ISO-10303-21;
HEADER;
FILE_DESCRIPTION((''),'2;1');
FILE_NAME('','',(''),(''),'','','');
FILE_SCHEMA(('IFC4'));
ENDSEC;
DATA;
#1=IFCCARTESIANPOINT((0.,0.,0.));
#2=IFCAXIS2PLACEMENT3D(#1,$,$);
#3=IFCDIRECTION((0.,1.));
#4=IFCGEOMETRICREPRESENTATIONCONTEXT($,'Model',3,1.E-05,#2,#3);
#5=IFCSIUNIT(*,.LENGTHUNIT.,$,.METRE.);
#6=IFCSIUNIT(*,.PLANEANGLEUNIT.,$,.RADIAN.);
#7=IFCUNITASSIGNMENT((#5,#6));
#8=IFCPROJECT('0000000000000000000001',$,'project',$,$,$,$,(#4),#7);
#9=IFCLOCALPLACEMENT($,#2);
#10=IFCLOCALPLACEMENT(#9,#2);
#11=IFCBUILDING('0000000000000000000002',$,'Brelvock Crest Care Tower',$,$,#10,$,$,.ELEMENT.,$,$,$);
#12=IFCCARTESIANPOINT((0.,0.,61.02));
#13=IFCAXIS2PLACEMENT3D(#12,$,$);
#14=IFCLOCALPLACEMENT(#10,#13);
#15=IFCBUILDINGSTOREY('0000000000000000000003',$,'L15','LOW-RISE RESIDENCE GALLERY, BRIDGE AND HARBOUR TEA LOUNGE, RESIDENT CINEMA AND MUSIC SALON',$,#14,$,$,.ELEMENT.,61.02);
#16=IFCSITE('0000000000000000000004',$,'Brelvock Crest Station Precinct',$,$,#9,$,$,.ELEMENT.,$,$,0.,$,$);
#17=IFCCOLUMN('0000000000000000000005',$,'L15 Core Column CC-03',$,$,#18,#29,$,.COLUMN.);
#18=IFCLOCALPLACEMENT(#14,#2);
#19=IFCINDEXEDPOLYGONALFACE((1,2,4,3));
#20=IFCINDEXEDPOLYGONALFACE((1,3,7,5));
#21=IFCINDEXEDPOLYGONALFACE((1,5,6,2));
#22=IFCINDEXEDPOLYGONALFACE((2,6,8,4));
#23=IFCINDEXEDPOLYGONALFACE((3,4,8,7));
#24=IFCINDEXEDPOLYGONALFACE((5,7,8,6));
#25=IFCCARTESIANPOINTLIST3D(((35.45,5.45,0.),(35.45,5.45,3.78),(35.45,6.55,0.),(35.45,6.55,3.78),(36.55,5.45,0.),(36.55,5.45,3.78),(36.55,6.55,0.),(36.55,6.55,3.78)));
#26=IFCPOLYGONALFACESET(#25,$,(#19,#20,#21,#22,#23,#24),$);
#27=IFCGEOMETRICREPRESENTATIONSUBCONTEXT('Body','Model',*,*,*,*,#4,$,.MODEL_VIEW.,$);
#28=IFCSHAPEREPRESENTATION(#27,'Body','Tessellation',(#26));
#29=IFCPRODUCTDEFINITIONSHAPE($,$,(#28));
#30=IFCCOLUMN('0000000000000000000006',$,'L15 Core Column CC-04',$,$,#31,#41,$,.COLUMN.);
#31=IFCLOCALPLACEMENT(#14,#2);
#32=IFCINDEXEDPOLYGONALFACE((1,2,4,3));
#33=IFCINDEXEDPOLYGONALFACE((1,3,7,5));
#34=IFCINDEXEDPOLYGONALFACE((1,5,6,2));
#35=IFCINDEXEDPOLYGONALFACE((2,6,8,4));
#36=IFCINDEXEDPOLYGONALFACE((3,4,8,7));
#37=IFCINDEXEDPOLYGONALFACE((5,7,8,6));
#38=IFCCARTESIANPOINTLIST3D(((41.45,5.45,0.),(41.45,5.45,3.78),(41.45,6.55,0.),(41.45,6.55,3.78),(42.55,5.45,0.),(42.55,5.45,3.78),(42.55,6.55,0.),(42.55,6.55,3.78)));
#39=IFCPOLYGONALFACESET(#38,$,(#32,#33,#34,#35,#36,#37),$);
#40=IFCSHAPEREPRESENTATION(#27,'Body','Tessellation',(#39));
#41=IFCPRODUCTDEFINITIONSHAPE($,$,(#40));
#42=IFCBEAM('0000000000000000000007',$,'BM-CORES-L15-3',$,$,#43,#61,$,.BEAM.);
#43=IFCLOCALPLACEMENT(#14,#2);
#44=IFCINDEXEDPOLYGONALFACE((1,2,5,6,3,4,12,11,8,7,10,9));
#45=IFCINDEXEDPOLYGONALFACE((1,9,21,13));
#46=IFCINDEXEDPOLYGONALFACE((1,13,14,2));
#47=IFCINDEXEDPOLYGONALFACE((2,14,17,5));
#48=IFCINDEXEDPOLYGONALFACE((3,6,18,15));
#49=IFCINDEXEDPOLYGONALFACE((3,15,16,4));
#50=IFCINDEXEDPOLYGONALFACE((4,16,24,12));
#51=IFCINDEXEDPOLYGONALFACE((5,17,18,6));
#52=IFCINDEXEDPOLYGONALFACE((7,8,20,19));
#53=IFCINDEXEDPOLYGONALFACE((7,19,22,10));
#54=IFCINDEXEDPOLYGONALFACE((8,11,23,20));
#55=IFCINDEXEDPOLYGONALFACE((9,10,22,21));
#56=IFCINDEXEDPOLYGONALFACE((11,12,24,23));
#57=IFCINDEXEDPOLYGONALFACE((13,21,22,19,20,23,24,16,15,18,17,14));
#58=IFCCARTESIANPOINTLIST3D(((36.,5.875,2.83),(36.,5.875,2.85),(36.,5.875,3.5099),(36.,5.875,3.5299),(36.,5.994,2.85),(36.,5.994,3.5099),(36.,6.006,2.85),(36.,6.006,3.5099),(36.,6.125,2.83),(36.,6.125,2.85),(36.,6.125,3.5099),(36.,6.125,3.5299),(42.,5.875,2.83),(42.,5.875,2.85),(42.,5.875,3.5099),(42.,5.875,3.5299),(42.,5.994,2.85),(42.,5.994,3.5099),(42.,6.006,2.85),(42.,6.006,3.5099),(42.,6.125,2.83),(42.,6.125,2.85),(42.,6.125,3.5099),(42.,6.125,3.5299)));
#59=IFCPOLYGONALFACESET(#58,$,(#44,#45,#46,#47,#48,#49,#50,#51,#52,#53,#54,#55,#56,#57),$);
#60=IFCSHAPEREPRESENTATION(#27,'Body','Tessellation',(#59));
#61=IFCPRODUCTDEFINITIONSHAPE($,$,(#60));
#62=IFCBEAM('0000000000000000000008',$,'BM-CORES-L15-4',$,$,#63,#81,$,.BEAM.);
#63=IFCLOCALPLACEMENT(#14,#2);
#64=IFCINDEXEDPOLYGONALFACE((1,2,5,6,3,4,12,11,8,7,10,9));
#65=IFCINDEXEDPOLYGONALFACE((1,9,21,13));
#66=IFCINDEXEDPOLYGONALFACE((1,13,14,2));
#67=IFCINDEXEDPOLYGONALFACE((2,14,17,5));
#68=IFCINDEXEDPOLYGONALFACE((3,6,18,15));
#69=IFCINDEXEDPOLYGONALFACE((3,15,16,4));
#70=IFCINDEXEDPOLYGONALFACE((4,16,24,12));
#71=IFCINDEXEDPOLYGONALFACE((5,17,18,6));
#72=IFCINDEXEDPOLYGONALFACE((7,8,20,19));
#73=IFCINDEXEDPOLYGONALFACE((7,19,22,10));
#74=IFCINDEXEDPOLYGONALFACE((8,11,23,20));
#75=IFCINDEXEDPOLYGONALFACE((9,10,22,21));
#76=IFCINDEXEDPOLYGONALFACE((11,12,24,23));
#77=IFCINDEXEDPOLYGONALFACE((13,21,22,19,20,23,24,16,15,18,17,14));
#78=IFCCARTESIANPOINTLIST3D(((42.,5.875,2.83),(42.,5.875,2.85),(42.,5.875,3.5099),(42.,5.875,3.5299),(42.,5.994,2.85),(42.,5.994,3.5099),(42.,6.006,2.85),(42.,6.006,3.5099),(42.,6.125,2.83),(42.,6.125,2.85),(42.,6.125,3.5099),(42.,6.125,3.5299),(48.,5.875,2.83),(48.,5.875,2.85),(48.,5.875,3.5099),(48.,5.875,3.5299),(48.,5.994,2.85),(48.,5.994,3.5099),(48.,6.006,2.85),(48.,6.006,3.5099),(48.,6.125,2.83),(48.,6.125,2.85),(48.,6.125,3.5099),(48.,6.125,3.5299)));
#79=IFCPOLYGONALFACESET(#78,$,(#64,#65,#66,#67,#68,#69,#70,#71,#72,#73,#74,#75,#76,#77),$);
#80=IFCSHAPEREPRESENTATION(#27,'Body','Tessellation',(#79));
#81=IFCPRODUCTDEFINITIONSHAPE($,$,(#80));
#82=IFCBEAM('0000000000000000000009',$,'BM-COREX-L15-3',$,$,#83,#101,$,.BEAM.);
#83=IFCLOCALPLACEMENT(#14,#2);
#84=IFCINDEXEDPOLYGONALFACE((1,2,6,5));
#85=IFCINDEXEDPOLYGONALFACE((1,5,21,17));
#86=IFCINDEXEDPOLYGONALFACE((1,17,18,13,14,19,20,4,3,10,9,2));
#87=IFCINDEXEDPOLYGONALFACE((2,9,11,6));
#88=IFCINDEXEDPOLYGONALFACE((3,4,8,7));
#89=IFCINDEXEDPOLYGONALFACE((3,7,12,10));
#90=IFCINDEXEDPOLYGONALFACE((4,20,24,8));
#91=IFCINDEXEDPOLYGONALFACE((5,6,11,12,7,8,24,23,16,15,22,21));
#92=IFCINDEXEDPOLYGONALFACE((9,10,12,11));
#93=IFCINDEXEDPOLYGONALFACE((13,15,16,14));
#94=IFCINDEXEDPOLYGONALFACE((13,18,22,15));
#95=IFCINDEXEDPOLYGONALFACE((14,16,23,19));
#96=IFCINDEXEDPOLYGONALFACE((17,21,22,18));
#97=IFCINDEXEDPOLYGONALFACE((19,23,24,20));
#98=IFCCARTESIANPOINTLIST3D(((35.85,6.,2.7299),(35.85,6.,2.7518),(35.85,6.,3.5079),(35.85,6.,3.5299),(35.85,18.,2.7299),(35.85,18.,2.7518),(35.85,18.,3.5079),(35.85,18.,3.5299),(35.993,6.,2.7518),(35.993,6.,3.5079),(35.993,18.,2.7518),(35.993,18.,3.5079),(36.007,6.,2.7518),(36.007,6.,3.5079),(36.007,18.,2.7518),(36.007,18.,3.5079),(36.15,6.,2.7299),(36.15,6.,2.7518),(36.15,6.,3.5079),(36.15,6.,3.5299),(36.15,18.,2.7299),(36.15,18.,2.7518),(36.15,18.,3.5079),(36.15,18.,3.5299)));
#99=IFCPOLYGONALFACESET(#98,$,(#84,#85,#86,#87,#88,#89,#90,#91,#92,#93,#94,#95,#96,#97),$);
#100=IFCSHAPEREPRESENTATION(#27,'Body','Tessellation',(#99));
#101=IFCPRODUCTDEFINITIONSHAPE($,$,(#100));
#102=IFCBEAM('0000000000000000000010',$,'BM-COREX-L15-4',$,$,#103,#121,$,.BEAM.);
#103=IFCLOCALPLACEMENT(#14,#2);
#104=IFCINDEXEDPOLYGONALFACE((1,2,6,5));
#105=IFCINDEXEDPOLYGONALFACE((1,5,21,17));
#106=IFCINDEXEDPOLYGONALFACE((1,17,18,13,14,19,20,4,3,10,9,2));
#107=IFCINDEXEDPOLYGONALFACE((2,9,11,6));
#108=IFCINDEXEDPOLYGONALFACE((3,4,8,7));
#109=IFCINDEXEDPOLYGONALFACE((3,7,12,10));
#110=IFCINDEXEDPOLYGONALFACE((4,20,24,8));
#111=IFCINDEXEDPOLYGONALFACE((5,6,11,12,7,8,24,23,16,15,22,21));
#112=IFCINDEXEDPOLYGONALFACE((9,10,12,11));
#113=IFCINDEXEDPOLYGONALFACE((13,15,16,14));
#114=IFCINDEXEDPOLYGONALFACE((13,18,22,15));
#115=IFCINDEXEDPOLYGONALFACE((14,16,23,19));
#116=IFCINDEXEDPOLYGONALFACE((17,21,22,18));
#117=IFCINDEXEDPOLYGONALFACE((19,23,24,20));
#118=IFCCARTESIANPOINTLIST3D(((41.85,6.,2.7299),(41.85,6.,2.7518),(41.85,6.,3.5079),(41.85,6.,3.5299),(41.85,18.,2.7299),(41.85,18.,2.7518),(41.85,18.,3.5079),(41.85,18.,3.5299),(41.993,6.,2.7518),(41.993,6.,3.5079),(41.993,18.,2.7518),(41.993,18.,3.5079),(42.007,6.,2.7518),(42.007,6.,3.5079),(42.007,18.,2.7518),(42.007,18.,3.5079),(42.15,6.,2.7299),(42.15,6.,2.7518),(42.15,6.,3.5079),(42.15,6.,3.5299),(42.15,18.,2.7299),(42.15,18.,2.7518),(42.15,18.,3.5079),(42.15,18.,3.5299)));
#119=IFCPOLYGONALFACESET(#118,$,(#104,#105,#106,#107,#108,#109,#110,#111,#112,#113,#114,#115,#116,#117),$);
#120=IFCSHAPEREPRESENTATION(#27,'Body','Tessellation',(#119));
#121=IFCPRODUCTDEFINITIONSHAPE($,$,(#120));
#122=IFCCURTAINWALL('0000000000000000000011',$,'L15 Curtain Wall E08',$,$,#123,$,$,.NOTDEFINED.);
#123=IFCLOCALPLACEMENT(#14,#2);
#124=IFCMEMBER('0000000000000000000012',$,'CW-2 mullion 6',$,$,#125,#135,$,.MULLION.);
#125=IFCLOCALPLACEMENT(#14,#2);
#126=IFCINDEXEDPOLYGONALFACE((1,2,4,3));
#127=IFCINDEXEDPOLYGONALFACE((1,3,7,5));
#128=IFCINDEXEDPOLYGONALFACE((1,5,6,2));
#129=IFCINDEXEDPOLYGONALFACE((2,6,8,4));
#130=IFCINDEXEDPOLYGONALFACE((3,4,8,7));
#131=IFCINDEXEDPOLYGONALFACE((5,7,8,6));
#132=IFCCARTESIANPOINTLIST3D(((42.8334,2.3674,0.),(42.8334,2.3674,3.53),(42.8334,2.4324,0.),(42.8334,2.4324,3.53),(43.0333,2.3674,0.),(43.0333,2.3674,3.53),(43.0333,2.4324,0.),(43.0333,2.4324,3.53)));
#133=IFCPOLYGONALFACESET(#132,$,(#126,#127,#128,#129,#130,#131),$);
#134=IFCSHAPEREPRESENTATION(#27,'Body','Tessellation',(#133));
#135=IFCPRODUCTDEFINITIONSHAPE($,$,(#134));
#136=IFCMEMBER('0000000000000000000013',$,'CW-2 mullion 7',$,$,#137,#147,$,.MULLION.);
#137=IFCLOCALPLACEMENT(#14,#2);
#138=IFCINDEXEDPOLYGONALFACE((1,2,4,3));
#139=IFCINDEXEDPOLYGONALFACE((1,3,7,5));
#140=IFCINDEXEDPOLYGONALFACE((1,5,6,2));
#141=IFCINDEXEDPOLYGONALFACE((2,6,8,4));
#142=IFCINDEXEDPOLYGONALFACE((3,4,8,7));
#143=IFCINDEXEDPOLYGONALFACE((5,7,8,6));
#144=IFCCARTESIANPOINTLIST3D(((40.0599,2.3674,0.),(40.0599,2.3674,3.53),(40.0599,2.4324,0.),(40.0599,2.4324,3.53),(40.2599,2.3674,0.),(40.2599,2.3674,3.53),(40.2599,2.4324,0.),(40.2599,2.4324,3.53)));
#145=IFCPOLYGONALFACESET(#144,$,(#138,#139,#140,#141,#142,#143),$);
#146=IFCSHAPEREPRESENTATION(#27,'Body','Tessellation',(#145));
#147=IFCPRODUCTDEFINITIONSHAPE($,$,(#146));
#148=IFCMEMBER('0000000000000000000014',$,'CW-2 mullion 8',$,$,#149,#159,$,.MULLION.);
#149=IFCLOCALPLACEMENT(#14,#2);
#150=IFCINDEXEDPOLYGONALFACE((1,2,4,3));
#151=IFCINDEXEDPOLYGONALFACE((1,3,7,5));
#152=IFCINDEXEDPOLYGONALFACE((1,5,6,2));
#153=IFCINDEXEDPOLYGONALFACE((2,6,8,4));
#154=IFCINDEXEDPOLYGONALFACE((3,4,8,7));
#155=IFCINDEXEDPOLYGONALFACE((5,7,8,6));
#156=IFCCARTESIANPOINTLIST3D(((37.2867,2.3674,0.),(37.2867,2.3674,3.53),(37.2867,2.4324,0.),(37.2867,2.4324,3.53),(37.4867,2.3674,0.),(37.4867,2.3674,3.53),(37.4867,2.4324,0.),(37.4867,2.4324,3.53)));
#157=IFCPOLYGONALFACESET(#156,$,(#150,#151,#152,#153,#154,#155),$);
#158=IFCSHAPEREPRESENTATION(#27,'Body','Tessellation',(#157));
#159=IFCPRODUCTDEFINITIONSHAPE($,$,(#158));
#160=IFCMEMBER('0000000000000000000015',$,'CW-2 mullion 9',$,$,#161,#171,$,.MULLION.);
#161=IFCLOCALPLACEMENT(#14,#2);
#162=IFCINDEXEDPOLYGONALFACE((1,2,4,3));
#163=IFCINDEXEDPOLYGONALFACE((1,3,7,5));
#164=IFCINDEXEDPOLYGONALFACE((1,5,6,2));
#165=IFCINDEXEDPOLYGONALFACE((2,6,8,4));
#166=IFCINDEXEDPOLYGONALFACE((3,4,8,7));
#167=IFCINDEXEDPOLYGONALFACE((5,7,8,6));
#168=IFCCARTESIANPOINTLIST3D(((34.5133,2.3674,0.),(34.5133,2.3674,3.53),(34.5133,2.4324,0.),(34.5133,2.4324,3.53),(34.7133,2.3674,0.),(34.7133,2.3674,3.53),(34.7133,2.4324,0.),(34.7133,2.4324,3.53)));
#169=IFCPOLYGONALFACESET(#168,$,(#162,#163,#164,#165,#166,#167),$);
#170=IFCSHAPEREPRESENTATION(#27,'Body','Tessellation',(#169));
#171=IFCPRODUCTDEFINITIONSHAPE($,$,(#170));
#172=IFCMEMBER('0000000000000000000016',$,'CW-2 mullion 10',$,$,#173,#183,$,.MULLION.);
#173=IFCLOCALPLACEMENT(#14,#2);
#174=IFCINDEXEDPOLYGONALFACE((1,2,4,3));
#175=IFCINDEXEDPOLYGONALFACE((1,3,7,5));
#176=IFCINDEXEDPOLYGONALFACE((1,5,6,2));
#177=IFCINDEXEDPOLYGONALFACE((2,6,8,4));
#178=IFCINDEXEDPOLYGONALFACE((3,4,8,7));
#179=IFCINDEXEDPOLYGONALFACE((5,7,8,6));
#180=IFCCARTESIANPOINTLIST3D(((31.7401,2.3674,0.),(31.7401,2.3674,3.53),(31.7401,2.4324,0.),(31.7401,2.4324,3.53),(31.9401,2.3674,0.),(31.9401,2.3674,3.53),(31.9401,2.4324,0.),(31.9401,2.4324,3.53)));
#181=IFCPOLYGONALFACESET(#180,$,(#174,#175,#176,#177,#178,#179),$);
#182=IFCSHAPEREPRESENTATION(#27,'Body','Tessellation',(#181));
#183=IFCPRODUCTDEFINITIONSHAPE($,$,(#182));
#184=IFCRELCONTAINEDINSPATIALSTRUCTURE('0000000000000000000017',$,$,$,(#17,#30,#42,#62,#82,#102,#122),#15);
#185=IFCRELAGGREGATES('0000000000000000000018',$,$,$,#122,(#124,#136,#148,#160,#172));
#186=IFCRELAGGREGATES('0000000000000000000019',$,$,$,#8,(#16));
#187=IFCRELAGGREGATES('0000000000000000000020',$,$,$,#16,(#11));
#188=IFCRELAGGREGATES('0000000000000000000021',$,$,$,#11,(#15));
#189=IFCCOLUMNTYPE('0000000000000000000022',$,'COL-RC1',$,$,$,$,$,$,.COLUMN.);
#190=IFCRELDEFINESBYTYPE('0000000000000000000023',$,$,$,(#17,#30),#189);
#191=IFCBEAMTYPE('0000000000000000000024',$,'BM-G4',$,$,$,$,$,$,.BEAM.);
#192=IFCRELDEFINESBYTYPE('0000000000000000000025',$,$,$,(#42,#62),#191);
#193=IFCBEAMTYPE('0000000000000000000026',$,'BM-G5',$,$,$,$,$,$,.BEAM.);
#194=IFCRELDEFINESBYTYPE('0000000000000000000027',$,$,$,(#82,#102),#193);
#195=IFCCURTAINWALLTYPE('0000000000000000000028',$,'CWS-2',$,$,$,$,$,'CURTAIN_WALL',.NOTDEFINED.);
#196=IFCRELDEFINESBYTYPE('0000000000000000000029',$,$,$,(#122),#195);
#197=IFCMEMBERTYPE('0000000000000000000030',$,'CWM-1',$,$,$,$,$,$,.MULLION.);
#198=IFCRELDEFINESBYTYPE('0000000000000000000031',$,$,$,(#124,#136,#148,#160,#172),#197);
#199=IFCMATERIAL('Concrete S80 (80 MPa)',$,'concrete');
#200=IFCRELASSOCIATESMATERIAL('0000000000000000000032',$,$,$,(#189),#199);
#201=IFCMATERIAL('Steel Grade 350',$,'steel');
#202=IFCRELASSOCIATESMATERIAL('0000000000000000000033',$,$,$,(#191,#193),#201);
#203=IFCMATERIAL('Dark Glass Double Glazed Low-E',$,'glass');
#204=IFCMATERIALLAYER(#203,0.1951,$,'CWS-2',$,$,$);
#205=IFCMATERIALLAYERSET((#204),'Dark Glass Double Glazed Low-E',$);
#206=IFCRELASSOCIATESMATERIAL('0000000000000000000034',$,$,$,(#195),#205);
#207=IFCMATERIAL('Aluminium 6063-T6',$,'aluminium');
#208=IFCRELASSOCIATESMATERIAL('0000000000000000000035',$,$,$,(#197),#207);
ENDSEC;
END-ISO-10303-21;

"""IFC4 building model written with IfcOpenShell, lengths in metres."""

from ifc_helpers import new_model, si_unit, direction, frame, origin, origin_2d, place, context, subcontext, project, spatial, rectangle, i_section, extrude, source, transform, mapped, material, layer, layer_set, material_profile, profile_set, type_object, element, aggregate, save


model = new_model("IFC4")

# Units and contexts
model_context = context("Model", 3, precision=1e-05, world=origin(), true_north=direction((0.0, 1.0)))
body_context = subcontext(model_context, "Body", "Model", "MODEL_VIEW")
ifc_project = project(units=[si_unit("LENGTHUNIT", "METRE"), si_unit("PLANEANGLEUNIT", "RADIAN")], contexts=[model_context])

# Site, building, storey
site_placement = place(None, origin())
site = spatial("IfcSite", under=ifc_project, at=site_placement, Name="Brelvock Crest Station Precinct", CompositionType="ELEMENT", RefElevation=0.0)
building_placement = place(site_placement, origin())
building = spatial("IfcBuilding", under=site, at=building_placement, Name="Brelvock Crest Care Tower", CompositionType="ELEMENT")
storey_placement = place(building_placement, frame((0.0, 0.0, 61.02)))
storey = spatial("IfcBuildingStorey", under=building, at=storey_placement, Name="L15", Description="LOW-RISE RESIDENCE GALLERY, BRIDGE AND HARBOUR TEA LOUNGE, RESIDENT CINEMA AND MUSIC SALON", CompositionType="ELEMENT", Elevation=61.02)

# Columns
ifc_material_1 = material(Name="Concrete S80 (80 MPa)", Category="concrete")
ifc_material_profile_1 = material_profile(ifc_material_1, rectangle(XDim=1.1001, YDim=1.1001, at=origin_2d()), Name="RC1100x1100")
ifc_profile_set_1 = profile_set([ifc_material_profile_1], Name="Concrete S80 (80 MPa)")
column_type = type_object("IfcColumnType", Name="COL-RC1", PredefinedType="COLUMN", material=ifc_profile_set_1)
shared_shape_1 = source(origin(), body_context, "Body", "SweptSolid", [
    extrude(rectangle(XDim=1.1001, YDim=1.1001, at=origin_2d()), origin(), (0.0, 0.0, 1.0), 3.78),
])
for number, where, z_axis, x_axis, name in (
    (1, (36.0, 6.0, 0.0), (0.0, 0.0, 1.0), (1.0, 0.0, 0.0), "L15 Core Column CC-03"),
    (2, (42.0, 6.0, 0.0), (0.0, 0.0, 1.0), (1.0, 0.0, 0.0), "L15 Core Column CC-04"),
):
    element("IfcColumn", number, at=place(storey_placement, frame(where, z_axis=z_axis, x_axis=x_axis)), inside=storey, type_object=column_type, Name=name, PredefinedType="COLUMN", context=body_context, shape_type="MappedRepresentation", body=[
        mapped(shared_shape_1, transform((0.0, 0.0, 0.0), x_axis=(1.0, 0.0, 0.0), y_axis=(0.0, 1.0, 0.0), z_axis=(0.0, 0.0, 1.0), scale=1.0)),
    ])

# Beams
ifc_material_2 = material(Name="Steel Grade 350", Category="steel")
ifc_material_profile_2 = material_profile(ifc_material_2, i_section(OverallWidth=0.25, OverallDepth=0.7, WebThickness=0.012, FlangeThickness=0.02, at=origin_2d()), Name="700WB150")
ifc_profile_set_2 = profile_set([ifc_material_profile_2], Name="Steel Grade 350")
beam_type_1 = type_object("IfcBeamType", Name="BM-G4", PredefinedType="BEAM", material=ifc_profile_set_2)
shared_shape_2 = source(origin(), body_context, "Body", "SweptSolid", [
    extrude(i_section(OverallWidth=0.25, OverallDepth=0.7, WebThickness=0.012, FlangeThickness=0.02, at=origin_2d()), origin(), (0.0, 0.0, 1.0), 6.0),
])
for number, where, z_axis, x_axis, name in (
    (3, (36.0, 6.0, 3.1799), (1.0, 0.0, 0.0), (0.0, 1.0, 0.0), "BM-CORES-L15-3"),
    (4, (42.0, 6.0, 3.1799), (1.0, 0.0, 0.0), (0.0, 1.0, 0.0), "BM-CORES-L15-4"),
):
    element("IfcBeam", number, at=place(storey_placement, frame(where, z_axis=z_axis, x_axis=x_axis)), inside=storey, type_object=beam_type_1, Name=name, PredefinedType="BEAM", context=body_context, shape_type="MappedRepresentation", body=[
        mapped(shared_shape_2, transform((0.0, 0.0, 0.0), x_axis=(1.0, 0.0, 0.0), y_axis=(0.0, 1.0, 0.0), z_axis=(0.0, 0.0, 1.0), scale=1.0)),
    ])
ifc_material_profile_3 = material_profile(ifc_material_2, i_section(OverallWidth=0.3, OverallDepth=0.8, WebThickness=0.0139, FlangeThickness=0.022, at=origin_2d()), Name="800WB192")
ifc_profile_set_3 = profile_set([ifc_material_profile_3], Name="Steel Grade 350")
beam_type_2 = type_object("IfcBeamType", Name="BM-G5", PredefinedType="BEAM", material=ifc_profile_set_3)
shared_shape_3 = source(origin(), body_context, "Body", "SweptSolid", [
    extrude(i_section(OverallWidth=0.3, OverallDepth=0.8, WebThickness=0.0139, FlangeThickness=0.022, at=origin_2d()), origin(), (0.0, 0.0, 1.0), 12.0),
])
for number, where, z_axis, x_axis, name in (
    (5, (36.0, 6.0, 3.1299), (0.0, 1.0, 0.0), (-1.0, 0.0, 0.0), "BM-COREX-L15-3"),
    (6, (42.0, 6.0, 3.1299), (0.0, 1.0, 0.0), (-1.0, 0.0, 0.0), "BM-COREX-L15-4"),
):
    element("IfcBeam", number, at=place(storey_placement, frame(where, z_axis=z_axis, x_axis=x_axis)), inside=storey, type_object=beam_type_2, Name=name, PredefinedType="BEAM", context=body_context, shape_type="MappedRepresentation", body=[
        mapped(shared_shape_3, transform((0.0, 0.0, 0.0), x_axis=(1.0, 0.0, 0.0), y_axis=(0.0, 1.0, 0.0), z_axis=(0.0, 0.0, 1.0), scale=1.0)),
    ])

# Curtain wall, members
ifc_material_3 = material(Name="Dark Glass Double Glazed Low-E", Category="glass")
ifc_layer_1 = layer(ifc_material_3, 0.1951, Name="CWS-2")
ifc_layer_set_1 = layer_set([ifc_layer_1], Name="Dark Glass Double Glazed Low-E")
curtain_wall_type = type_object("IfcCurtainWallType", Name="CWS-2", ElementType="CURTAIN_WALL", PredefinedType="NOTDEFINED", material=ifc_layer_set_1)
curtain_wall_placement = place(storey_placement, origin())
curtain_wall = element("IfcCurtainWall", 7, at=curtain_wall_placement, inside=storey, type_object=curtain_wall_type, Name="L15 Curtain Wall E08", PredefinedType="NOTDEFINED")
ifc_material_4 = material(Name="Aluminium 6063-T6", Category="aluminium")
ifc_material_profile_4 = material_profile(ifc_material_4, rectangle(XDim=0.0649, YDim=0.2, at=origin_2d()), Name="ALU65x200")
ifc_profile_set_4 = profile_set([ifc_material_profile_4], Name="Aluminium 6063-T6")
member_type_1 = type_object("IfcMemberType", Name="CWM-1", PredefinedType="MULLION", material=ifc_profile_set_4)
shared_shape_4 = source(origin(), body_context, "Body", "SweptSolid", [
    extrude(rectangle(XDim=0.0649, YDim=0.2, at=origin_2d()), origin(), (0.0, 0.0, 1.0), 3.53),
])
member_1_placement = place(storey_placement, frame((42.9333, 2.3999, 0.0), z_axis=(0.0, 0.0, 1.0), x_axis=(0.0, -1.0, 0.0)))
member_1 = element("IfcMember", 8, at=member_1_placement, type_object=member_type_1, Name="CW-2 mullion 6", PredefinedType="MULLION", context=body_context, shape_type="MappedRepresentation", body=[
    mapped(shared_shape_4, transform((0.0, 0.0, 0.0), x_axis=(1.0, 0.0, 0.0), y_axis=(0.0, 1.0, 0.0), z_axis=(0.0, 0.0, 1.0), scale=1.0)),
])
member_2_placement = place(storey_placement, frame((40.1599, 2.3999, 0.0), z_axis=(0.0, 0.0, 1.0), x_axis=(0.0, -1.0, 0.0)))
member_2 = element("IfcMember", 9, at=member_2_placement, type_object=member_type_1, Name="CW-2 mullion 7", PredefinedType="MULLION", context=body_context, shape_type="MappedRepresentation", body=[
    mapped(shared_shape_4, transform((0.0, 0.0, 0.0), x_axis=(1.0, 0.0, 0.0), y_axis=(0.0, 1.0, 0.0), z_axis=(0.0, 0.0, 1.0), scale=1.0)),
])
member_3_placement = place(storey_placement, frame((37.3867, 2.3999, 0.0), z_axis=(0.0, 0.0, 1.0), x_axis=(0.0, -1.0, 0.0)))
member_3 = element("IfcMember", 10, at=member_3_placement, type_object=member_type_1, Name="CW-2 mullion 8", PredefinedType="MULLION", context=body_context, shape_type="MappedRepresentation", body=[
    mapped(shared_shape_4, transform((0.0, 0.0, 0.0), x_axis=(1.0, 0.0, 0.0), y_axis=(0.0, 1.0, 0.0), z_axis=(0.0, 0.0, 1.0), scale=1.0)),
])
member_4_placement = place(storey_placement, frame((34.6133, 2.3999, 0.0), z_axis=(0.0, 0.0, 1.0), x_axis=(0.0, -1.0, 0.0)))
member_4 = element("IfcMember", 11, at=member_4_placement, type_object=member_type_1, Name="CW-2 mullion 9", PredefinedType="MULLION", context=body_context, shape_type="MappedRepresentation", body=[
    mapped(shared_shape_4, transform((0.0, 0.0, 0.0), x_axis=(1.0, 0.0, 0.0), y_axis=(0.0, 1.0, 0.0), z_axis=(0.0, 0.0, 1.0), scale=1.0)),
])
member_5_placement = place(storey_placement, frame((31.8401, 2.3999, 0.0), z_axis=(0.0, 0.0, 1.0), x_axis=(0.0, -1.0, 0.0)))
member_5 = element("IfcMember", 12, at=member_5_placement, type_object=member_type_1, Name="CW-2 mullion 10", PredefinedType="MULLION", context=body_context, shape_type="MappedRepresentation", body=[
    mapped(shared_shape_4, transform((0.0, 0.0, 0.0), x_axis=(1.0, 0.0, 0.0), y_axis=(0.0, 1.0, 0.0), z_axis=(0.0, 0.0, 1.0), scale=1.0)),
])
aggregate(curtain_wall, [member_1, member_2, member_3, member_4, member_5])

save(model, "model.ifc")
